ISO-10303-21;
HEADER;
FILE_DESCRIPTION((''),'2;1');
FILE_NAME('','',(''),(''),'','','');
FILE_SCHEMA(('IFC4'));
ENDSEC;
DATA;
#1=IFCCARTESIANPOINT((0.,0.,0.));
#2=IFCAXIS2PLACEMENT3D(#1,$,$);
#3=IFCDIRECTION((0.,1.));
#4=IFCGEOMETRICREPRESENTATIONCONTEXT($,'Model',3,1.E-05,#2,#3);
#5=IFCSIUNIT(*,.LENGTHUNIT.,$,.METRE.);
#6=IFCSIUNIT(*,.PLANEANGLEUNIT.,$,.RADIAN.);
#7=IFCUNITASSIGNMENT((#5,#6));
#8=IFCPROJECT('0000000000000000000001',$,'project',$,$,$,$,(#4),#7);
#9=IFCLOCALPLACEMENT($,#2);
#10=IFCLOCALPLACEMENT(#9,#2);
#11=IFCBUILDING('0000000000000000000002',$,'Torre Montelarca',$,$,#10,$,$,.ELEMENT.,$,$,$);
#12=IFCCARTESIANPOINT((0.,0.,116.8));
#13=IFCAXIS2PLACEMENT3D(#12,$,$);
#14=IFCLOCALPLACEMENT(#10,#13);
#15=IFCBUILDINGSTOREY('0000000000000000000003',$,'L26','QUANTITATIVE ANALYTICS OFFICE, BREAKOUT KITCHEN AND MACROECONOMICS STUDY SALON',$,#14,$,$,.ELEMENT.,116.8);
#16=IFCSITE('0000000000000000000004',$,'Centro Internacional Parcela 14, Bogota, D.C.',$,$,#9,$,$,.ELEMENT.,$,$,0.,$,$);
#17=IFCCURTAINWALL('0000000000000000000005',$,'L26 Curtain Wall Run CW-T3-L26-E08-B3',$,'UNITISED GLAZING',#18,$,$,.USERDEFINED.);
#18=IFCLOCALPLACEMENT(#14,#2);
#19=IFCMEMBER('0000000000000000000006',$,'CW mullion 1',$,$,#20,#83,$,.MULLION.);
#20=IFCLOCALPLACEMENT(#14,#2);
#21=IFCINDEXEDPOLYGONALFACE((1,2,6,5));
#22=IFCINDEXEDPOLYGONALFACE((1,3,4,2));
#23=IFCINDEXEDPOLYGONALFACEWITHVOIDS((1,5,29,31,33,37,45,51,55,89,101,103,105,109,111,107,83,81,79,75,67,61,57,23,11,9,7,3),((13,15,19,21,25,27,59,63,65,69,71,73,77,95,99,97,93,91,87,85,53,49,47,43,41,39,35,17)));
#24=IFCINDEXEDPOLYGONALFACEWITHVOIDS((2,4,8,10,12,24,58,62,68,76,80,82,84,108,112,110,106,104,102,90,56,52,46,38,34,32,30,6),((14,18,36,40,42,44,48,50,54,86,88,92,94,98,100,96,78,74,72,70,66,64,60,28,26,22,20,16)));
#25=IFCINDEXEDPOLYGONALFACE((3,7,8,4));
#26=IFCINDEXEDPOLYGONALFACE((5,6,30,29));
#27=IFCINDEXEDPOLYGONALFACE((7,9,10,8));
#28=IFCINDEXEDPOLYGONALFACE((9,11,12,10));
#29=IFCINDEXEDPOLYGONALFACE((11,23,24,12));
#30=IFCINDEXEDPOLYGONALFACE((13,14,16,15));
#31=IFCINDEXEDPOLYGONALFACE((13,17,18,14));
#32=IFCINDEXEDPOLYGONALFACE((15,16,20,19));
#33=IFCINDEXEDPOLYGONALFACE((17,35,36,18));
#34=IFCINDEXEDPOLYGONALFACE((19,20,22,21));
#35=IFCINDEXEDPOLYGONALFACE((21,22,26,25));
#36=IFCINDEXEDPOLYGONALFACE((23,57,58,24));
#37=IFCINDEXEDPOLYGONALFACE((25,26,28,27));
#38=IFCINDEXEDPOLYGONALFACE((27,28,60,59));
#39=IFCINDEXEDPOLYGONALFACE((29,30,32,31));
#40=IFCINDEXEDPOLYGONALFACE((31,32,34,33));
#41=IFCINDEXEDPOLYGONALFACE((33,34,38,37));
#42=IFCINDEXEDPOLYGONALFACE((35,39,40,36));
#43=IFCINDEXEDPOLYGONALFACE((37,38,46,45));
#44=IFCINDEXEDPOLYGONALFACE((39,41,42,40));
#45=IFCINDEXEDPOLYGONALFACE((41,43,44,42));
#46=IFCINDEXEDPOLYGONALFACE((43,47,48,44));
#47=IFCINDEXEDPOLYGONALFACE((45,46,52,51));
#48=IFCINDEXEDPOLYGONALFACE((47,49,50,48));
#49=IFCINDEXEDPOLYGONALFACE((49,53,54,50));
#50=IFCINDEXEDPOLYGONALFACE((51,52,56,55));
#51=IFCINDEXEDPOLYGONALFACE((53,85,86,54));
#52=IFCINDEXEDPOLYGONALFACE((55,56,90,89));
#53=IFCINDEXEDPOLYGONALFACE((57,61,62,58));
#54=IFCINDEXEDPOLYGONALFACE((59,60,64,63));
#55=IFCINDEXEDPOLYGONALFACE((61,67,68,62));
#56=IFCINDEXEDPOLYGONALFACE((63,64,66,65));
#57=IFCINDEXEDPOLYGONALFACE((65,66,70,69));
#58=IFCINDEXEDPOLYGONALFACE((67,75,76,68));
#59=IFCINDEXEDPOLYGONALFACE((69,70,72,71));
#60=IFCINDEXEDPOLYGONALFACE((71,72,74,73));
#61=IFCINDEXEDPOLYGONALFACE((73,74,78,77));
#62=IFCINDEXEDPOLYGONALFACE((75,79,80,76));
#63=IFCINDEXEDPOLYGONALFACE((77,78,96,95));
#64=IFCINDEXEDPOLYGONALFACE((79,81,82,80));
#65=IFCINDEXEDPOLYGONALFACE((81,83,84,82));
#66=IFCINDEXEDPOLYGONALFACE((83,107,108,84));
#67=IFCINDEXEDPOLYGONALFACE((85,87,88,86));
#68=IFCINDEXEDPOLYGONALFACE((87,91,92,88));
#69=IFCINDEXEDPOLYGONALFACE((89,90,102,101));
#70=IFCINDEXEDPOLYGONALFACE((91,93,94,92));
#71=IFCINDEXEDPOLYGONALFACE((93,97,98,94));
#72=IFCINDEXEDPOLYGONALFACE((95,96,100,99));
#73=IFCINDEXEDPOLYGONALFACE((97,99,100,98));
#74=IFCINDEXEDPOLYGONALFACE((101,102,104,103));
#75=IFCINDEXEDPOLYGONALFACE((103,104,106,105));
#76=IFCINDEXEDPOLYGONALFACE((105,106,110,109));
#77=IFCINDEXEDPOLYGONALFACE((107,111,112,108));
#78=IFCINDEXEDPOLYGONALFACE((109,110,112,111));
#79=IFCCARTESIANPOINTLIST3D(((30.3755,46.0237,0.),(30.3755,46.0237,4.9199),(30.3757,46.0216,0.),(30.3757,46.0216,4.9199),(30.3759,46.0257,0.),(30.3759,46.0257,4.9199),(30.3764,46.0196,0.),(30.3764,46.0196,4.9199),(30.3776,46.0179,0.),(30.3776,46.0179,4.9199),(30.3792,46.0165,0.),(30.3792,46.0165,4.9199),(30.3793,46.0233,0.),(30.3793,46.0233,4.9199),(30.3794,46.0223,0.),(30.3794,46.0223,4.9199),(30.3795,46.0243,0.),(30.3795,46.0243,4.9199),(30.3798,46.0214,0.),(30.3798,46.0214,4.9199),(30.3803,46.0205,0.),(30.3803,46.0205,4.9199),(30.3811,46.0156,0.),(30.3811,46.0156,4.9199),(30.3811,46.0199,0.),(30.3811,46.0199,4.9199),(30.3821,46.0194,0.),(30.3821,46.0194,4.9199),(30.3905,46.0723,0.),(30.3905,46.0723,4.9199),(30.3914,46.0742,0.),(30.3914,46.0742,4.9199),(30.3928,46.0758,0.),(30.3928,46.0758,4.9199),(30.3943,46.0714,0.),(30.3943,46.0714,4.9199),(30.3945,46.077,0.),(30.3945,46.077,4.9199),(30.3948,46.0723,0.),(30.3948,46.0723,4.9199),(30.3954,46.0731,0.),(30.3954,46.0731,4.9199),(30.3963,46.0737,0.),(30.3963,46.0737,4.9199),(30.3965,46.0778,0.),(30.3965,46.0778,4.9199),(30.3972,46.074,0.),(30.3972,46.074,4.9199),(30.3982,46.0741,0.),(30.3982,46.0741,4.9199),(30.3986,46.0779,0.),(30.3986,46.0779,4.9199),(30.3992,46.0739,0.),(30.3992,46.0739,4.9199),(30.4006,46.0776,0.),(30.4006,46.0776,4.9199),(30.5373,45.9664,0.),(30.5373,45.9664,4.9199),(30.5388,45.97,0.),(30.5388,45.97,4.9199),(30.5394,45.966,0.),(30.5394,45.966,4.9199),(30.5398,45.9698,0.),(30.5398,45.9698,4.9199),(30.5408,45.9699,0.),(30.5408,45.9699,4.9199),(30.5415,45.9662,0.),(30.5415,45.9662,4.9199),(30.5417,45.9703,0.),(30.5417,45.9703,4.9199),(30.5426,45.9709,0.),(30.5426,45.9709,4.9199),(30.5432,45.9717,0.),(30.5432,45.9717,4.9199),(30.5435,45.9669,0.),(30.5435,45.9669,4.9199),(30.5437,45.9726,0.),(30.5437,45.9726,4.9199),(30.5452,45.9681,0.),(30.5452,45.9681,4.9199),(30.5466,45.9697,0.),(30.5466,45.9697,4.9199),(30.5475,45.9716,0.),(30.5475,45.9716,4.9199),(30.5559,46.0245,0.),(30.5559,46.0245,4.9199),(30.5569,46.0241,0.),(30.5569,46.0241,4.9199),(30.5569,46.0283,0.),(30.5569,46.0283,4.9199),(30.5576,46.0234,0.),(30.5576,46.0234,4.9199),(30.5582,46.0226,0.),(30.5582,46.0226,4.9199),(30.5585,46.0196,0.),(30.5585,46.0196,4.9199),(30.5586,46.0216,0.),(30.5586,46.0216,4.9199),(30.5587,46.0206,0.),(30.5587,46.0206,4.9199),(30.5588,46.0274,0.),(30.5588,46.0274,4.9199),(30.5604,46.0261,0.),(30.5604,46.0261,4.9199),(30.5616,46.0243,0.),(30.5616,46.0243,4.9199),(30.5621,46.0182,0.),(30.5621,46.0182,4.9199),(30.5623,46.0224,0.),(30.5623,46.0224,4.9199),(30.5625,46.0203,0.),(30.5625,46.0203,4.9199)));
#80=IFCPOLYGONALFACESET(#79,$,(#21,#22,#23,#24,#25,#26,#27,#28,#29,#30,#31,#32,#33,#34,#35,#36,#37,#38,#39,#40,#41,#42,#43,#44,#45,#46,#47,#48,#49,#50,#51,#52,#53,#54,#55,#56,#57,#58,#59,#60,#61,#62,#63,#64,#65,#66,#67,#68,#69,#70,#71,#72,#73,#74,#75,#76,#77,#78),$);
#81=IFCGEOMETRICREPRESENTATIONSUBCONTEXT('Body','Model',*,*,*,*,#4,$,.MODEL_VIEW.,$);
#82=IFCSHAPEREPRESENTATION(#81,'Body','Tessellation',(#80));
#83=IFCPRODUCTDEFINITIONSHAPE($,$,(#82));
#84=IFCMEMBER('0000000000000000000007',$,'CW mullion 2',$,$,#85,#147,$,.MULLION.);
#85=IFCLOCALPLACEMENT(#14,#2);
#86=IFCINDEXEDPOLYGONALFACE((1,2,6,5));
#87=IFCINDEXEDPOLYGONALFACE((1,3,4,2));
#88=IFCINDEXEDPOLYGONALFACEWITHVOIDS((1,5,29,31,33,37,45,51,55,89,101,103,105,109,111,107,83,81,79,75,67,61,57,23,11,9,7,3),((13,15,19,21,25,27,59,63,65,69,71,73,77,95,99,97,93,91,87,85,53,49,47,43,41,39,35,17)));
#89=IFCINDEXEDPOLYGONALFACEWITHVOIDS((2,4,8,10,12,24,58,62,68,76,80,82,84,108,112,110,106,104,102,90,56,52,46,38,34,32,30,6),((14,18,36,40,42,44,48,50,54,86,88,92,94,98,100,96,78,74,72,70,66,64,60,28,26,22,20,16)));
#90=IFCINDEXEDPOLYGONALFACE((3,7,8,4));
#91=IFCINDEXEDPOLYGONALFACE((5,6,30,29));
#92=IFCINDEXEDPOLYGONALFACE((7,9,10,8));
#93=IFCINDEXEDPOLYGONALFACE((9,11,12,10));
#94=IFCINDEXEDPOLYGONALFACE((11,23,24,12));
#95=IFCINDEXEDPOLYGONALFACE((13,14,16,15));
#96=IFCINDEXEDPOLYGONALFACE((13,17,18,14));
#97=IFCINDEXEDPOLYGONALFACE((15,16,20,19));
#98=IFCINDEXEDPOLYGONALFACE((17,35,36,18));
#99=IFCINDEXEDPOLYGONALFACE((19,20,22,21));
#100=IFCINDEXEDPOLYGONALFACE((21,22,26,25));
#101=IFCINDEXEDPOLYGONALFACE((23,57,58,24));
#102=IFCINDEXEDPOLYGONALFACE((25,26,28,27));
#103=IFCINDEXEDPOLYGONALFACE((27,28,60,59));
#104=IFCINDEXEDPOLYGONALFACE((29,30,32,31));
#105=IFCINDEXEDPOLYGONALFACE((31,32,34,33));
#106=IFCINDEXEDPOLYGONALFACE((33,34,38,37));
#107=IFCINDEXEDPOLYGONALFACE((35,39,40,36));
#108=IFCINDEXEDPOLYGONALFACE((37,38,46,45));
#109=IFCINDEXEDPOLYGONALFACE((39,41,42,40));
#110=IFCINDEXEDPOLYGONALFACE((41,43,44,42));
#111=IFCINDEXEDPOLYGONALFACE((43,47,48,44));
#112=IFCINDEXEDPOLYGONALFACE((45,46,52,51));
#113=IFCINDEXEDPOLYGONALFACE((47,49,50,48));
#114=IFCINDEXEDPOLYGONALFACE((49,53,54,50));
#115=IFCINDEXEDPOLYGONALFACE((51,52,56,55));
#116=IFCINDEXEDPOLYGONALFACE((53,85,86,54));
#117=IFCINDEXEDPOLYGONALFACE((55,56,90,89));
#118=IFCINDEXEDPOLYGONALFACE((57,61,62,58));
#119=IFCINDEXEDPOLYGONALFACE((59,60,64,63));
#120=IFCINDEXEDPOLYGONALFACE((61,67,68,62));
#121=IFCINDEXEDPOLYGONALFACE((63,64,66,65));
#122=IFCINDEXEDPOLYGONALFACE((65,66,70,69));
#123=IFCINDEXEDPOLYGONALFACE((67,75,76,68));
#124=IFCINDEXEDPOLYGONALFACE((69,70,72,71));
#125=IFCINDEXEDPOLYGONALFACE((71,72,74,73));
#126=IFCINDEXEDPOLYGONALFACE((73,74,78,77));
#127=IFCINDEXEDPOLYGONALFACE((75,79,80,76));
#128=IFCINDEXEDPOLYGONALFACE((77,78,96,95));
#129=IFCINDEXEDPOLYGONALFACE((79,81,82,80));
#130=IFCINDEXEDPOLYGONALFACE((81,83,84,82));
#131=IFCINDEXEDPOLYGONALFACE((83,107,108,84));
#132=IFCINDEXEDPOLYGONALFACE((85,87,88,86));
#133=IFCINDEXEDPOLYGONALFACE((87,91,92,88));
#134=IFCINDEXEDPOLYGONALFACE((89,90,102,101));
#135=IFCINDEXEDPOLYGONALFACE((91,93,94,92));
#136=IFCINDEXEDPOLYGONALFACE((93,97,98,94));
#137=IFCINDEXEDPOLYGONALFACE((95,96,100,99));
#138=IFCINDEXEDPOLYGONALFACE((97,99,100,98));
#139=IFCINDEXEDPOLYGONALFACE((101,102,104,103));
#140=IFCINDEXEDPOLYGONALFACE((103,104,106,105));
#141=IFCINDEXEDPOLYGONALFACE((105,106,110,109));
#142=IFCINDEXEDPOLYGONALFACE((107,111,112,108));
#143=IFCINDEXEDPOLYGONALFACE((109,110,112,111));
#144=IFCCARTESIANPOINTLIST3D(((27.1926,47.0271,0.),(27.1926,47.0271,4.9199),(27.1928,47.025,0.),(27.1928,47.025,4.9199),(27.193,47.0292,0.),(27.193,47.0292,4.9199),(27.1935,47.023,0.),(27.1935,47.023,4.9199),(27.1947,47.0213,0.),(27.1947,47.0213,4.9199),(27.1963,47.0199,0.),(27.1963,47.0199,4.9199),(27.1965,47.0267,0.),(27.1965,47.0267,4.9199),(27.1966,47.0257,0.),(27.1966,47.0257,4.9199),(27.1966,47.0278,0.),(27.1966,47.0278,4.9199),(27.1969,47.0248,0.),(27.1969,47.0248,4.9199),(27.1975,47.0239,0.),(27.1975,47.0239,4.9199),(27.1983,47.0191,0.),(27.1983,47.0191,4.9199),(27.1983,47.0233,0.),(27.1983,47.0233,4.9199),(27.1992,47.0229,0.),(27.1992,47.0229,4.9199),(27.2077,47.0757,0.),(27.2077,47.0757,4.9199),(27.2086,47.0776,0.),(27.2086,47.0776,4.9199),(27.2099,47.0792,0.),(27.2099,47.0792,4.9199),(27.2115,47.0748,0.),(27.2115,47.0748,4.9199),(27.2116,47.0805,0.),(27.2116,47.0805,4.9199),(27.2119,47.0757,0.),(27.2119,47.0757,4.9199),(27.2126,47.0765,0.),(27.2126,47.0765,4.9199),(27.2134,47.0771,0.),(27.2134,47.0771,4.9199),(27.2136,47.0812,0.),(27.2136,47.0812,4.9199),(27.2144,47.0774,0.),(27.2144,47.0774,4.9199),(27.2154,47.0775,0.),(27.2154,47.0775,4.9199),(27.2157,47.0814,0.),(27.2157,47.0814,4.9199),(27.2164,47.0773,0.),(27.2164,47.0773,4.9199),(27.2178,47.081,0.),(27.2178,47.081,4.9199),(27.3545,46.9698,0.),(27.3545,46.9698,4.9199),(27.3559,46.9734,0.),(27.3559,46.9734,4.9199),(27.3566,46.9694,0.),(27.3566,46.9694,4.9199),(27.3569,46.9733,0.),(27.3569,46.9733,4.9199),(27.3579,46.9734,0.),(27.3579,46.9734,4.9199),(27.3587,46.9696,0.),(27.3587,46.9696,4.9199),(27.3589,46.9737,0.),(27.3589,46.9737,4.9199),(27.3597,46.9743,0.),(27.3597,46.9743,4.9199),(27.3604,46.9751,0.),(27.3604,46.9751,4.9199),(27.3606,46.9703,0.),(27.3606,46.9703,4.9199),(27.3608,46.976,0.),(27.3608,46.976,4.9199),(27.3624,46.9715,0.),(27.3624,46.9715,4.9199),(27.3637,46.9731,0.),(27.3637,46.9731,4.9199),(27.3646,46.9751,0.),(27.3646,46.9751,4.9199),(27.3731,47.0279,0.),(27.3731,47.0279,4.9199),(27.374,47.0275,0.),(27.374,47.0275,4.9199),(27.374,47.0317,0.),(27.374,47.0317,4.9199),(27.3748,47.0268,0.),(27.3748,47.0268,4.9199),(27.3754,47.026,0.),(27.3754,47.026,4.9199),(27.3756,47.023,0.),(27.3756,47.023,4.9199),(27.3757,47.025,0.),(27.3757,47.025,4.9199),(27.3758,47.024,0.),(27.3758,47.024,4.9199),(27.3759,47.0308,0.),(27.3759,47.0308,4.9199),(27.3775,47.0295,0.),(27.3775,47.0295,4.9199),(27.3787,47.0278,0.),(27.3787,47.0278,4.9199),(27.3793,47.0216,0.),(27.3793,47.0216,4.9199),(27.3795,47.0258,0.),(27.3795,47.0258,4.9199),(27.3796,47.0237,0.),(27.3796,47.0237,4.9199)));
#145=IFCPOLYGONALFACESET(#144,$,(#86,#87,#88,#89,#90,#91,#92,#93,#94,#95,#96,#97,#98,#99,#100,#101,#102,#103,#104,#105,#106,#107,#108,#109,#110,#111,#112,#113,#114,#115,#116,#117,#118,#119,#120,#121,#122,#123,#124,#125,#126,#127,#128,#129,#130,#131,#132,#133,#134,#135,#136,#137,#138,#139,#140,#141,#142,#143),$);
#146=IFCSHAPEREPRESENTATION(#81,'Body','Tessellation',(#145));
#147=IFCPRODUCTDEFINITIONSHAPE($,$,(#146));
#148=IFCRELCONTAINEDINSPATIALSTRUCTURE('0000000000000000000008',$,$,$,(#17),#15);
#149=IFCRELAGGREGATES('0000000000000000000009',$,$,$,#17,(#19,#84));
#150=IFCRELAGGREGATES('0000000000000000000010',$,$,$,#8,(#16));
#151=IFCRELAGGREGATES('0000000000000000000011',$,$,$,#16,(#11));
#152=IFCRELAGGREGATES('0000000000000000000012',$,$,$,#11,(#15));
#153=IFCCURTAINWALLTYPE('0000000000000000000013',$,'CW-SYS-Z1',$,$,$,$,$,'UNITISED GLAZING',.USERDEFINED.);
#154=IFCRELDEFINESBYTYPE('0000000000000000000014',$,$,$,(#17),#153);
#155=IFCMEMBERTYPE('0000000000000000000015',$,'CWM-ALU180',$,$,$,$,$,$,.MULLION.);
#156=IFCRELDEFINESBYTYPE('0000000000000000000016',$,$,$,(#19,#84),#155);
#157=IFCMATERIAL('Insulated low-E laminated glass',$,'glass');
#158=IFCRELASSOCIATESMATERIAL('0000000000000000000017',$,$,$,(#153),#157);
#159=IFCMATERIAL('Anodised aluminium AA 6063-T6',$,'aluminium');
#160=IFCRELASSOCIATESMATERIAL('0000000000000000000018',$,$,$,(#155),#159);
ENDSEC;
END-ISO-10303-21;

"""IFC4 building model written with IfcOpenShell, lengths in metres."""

from ifc_helpers import new_model, si_unit, direction, frame, origin, origin_2d, place, context, subcontext, project, spatial, hollow_rectangle, extrude, source, transform, mapped, material, material_profile, profile_set, type_object, element, aggregate, save


model = new_model("IFC4")

# Units and contexts
model_context = context("Model", 3, precision=1e-05, world=origin(), true_north=direction((0.0, 1.0)))
body_context = subcontext(model_context, "Body", "Model", "MODEL_VIEW")
ifc_project = project(units=[si_unit("LENGTHUNIT", "METRE"), si_unit("PLANEANGLEUNIT", "RADIAN")], contexts=[model_context])

# Site, building, storey
site_placement = place(None, origin())
site = spatial("IfcSite", under=ifc_project, at=site_placement, Name="Centro Internacional Parcela 14, Bogota, D.C.", CompositionType="ELEMENT", RefElevation=0.0)
building_placement = place(site_placement, origin())
building = spatial("IfcBuilding", under=site, at=building_placement, Name="Torre Montelarca", CompositionType="ELEMENT")
storey_placement = place(building_placement, frame((0.0, 0.0, 116.8)))
storey = spatial("IfcBuildingStorey", under=building, at=storey_placement, Name="L26", Description="QUANTITATIVE ANALYTICS OFFICE, BREAKOUT KITCHEN AND MACROECONOMICS STUDY SALON", CompositionType="ELEMENT", Elevation=116.8)

# Curtain wall
ifc_material_1 = material(Name="Insulated low-E laminated glass", Category="glass")
curtain_wall_type = type_object("IfcCurtainWallType", Name="CW-SYS-Z1", ElementType="UNITISED GLAZING", PredefinedType="USERDEFINED", material=ifc_material_1)
curtain_wall_1_placement = place(storey_placement, origin())
curtain_wall_1 = element("IfcCurtainWall", 1, at=curtain_wall_1_placement, inside=storey, type_object=curtain_wall_type, Name="L26 Curtain Wall Run CW-T3-L26-E08-B3", ObjectType="UNITISED GLAZING", PredefinedType="USERDEFINED")
ifc_material_2 = material(Name="Anodised aluminium AA 6063-T6", Category="aluminium")

# Shared definitions
ifc_material_profile_1 = material_profile(ifc_material_2, hollow_rectangle(XDim=0.0649, YDim=0.1799, WallThickness=0.0039, InnerFilletRadius=0.0039, OuterFilletRadius=0.0081, at=origin_2d()), Name="ALU65X180X4", Category="aluminium")
ifc_profile_set_1 = profile_set([ifc_material_profile_1], Name="Anodised aluminium AA 6063-T6")
member_type_1 = type_object("IfcMemberType", Name="CWM-ALU180", PredefinedType="MULLION", material=ifc_profile_set_1)
shared_shape_1 = source(origin(), body_context, "Body", "SweptSolid", [
    extrude(hollow_rectangle(XDim=0.0649, YDim=0.1799, WallThickness=0.0039, InnerFilletRadius=0.0039, OuterFilletRadius=0.0081, at=origin_2d()), origin(), (0.0, 0.0, 1.0), 4.9199),
])

# Members
member_1_placement = place(storey_placement, frame((30.469, 46.022, 0.0), z_axis=(0.0, 0.0, 1.0), x_axis=(-0.30071, -0.953716, 0.0)))
member_1 = element("IfcMember", 2, at=member_1_placement, type_object=member_type_1, Name="CW mullion 1", PredefinedType="MULLION", context=body_context, shape_type="MappedRepresentation", body=[
    mapped(shared_shape_1, transform((0.0, 0.0, 0.0), scale=1.0)),
])
member_2_placement = place(storey_placement, frame((27.2861, 47.0254, 0.0), z_axis=(0.0, 0.0, 1.0), x_axis=(-0.30071, -0.953716, 0.0)))
member_2 = element("IfcMember", 3, at=member_2_placement, type_object=member_type_1, Name="CW mullion 2", PredefinedType="MULLION", context=body_context, shape_type="MappedRepresentation", body=[
    mapped(shared_shape_1, transform((0.0, 0.0, 0.0), scale=1.0)),
])

aggregate(curtain_wall_1, [member_1, member_2])

save(model, "model.ifc")
